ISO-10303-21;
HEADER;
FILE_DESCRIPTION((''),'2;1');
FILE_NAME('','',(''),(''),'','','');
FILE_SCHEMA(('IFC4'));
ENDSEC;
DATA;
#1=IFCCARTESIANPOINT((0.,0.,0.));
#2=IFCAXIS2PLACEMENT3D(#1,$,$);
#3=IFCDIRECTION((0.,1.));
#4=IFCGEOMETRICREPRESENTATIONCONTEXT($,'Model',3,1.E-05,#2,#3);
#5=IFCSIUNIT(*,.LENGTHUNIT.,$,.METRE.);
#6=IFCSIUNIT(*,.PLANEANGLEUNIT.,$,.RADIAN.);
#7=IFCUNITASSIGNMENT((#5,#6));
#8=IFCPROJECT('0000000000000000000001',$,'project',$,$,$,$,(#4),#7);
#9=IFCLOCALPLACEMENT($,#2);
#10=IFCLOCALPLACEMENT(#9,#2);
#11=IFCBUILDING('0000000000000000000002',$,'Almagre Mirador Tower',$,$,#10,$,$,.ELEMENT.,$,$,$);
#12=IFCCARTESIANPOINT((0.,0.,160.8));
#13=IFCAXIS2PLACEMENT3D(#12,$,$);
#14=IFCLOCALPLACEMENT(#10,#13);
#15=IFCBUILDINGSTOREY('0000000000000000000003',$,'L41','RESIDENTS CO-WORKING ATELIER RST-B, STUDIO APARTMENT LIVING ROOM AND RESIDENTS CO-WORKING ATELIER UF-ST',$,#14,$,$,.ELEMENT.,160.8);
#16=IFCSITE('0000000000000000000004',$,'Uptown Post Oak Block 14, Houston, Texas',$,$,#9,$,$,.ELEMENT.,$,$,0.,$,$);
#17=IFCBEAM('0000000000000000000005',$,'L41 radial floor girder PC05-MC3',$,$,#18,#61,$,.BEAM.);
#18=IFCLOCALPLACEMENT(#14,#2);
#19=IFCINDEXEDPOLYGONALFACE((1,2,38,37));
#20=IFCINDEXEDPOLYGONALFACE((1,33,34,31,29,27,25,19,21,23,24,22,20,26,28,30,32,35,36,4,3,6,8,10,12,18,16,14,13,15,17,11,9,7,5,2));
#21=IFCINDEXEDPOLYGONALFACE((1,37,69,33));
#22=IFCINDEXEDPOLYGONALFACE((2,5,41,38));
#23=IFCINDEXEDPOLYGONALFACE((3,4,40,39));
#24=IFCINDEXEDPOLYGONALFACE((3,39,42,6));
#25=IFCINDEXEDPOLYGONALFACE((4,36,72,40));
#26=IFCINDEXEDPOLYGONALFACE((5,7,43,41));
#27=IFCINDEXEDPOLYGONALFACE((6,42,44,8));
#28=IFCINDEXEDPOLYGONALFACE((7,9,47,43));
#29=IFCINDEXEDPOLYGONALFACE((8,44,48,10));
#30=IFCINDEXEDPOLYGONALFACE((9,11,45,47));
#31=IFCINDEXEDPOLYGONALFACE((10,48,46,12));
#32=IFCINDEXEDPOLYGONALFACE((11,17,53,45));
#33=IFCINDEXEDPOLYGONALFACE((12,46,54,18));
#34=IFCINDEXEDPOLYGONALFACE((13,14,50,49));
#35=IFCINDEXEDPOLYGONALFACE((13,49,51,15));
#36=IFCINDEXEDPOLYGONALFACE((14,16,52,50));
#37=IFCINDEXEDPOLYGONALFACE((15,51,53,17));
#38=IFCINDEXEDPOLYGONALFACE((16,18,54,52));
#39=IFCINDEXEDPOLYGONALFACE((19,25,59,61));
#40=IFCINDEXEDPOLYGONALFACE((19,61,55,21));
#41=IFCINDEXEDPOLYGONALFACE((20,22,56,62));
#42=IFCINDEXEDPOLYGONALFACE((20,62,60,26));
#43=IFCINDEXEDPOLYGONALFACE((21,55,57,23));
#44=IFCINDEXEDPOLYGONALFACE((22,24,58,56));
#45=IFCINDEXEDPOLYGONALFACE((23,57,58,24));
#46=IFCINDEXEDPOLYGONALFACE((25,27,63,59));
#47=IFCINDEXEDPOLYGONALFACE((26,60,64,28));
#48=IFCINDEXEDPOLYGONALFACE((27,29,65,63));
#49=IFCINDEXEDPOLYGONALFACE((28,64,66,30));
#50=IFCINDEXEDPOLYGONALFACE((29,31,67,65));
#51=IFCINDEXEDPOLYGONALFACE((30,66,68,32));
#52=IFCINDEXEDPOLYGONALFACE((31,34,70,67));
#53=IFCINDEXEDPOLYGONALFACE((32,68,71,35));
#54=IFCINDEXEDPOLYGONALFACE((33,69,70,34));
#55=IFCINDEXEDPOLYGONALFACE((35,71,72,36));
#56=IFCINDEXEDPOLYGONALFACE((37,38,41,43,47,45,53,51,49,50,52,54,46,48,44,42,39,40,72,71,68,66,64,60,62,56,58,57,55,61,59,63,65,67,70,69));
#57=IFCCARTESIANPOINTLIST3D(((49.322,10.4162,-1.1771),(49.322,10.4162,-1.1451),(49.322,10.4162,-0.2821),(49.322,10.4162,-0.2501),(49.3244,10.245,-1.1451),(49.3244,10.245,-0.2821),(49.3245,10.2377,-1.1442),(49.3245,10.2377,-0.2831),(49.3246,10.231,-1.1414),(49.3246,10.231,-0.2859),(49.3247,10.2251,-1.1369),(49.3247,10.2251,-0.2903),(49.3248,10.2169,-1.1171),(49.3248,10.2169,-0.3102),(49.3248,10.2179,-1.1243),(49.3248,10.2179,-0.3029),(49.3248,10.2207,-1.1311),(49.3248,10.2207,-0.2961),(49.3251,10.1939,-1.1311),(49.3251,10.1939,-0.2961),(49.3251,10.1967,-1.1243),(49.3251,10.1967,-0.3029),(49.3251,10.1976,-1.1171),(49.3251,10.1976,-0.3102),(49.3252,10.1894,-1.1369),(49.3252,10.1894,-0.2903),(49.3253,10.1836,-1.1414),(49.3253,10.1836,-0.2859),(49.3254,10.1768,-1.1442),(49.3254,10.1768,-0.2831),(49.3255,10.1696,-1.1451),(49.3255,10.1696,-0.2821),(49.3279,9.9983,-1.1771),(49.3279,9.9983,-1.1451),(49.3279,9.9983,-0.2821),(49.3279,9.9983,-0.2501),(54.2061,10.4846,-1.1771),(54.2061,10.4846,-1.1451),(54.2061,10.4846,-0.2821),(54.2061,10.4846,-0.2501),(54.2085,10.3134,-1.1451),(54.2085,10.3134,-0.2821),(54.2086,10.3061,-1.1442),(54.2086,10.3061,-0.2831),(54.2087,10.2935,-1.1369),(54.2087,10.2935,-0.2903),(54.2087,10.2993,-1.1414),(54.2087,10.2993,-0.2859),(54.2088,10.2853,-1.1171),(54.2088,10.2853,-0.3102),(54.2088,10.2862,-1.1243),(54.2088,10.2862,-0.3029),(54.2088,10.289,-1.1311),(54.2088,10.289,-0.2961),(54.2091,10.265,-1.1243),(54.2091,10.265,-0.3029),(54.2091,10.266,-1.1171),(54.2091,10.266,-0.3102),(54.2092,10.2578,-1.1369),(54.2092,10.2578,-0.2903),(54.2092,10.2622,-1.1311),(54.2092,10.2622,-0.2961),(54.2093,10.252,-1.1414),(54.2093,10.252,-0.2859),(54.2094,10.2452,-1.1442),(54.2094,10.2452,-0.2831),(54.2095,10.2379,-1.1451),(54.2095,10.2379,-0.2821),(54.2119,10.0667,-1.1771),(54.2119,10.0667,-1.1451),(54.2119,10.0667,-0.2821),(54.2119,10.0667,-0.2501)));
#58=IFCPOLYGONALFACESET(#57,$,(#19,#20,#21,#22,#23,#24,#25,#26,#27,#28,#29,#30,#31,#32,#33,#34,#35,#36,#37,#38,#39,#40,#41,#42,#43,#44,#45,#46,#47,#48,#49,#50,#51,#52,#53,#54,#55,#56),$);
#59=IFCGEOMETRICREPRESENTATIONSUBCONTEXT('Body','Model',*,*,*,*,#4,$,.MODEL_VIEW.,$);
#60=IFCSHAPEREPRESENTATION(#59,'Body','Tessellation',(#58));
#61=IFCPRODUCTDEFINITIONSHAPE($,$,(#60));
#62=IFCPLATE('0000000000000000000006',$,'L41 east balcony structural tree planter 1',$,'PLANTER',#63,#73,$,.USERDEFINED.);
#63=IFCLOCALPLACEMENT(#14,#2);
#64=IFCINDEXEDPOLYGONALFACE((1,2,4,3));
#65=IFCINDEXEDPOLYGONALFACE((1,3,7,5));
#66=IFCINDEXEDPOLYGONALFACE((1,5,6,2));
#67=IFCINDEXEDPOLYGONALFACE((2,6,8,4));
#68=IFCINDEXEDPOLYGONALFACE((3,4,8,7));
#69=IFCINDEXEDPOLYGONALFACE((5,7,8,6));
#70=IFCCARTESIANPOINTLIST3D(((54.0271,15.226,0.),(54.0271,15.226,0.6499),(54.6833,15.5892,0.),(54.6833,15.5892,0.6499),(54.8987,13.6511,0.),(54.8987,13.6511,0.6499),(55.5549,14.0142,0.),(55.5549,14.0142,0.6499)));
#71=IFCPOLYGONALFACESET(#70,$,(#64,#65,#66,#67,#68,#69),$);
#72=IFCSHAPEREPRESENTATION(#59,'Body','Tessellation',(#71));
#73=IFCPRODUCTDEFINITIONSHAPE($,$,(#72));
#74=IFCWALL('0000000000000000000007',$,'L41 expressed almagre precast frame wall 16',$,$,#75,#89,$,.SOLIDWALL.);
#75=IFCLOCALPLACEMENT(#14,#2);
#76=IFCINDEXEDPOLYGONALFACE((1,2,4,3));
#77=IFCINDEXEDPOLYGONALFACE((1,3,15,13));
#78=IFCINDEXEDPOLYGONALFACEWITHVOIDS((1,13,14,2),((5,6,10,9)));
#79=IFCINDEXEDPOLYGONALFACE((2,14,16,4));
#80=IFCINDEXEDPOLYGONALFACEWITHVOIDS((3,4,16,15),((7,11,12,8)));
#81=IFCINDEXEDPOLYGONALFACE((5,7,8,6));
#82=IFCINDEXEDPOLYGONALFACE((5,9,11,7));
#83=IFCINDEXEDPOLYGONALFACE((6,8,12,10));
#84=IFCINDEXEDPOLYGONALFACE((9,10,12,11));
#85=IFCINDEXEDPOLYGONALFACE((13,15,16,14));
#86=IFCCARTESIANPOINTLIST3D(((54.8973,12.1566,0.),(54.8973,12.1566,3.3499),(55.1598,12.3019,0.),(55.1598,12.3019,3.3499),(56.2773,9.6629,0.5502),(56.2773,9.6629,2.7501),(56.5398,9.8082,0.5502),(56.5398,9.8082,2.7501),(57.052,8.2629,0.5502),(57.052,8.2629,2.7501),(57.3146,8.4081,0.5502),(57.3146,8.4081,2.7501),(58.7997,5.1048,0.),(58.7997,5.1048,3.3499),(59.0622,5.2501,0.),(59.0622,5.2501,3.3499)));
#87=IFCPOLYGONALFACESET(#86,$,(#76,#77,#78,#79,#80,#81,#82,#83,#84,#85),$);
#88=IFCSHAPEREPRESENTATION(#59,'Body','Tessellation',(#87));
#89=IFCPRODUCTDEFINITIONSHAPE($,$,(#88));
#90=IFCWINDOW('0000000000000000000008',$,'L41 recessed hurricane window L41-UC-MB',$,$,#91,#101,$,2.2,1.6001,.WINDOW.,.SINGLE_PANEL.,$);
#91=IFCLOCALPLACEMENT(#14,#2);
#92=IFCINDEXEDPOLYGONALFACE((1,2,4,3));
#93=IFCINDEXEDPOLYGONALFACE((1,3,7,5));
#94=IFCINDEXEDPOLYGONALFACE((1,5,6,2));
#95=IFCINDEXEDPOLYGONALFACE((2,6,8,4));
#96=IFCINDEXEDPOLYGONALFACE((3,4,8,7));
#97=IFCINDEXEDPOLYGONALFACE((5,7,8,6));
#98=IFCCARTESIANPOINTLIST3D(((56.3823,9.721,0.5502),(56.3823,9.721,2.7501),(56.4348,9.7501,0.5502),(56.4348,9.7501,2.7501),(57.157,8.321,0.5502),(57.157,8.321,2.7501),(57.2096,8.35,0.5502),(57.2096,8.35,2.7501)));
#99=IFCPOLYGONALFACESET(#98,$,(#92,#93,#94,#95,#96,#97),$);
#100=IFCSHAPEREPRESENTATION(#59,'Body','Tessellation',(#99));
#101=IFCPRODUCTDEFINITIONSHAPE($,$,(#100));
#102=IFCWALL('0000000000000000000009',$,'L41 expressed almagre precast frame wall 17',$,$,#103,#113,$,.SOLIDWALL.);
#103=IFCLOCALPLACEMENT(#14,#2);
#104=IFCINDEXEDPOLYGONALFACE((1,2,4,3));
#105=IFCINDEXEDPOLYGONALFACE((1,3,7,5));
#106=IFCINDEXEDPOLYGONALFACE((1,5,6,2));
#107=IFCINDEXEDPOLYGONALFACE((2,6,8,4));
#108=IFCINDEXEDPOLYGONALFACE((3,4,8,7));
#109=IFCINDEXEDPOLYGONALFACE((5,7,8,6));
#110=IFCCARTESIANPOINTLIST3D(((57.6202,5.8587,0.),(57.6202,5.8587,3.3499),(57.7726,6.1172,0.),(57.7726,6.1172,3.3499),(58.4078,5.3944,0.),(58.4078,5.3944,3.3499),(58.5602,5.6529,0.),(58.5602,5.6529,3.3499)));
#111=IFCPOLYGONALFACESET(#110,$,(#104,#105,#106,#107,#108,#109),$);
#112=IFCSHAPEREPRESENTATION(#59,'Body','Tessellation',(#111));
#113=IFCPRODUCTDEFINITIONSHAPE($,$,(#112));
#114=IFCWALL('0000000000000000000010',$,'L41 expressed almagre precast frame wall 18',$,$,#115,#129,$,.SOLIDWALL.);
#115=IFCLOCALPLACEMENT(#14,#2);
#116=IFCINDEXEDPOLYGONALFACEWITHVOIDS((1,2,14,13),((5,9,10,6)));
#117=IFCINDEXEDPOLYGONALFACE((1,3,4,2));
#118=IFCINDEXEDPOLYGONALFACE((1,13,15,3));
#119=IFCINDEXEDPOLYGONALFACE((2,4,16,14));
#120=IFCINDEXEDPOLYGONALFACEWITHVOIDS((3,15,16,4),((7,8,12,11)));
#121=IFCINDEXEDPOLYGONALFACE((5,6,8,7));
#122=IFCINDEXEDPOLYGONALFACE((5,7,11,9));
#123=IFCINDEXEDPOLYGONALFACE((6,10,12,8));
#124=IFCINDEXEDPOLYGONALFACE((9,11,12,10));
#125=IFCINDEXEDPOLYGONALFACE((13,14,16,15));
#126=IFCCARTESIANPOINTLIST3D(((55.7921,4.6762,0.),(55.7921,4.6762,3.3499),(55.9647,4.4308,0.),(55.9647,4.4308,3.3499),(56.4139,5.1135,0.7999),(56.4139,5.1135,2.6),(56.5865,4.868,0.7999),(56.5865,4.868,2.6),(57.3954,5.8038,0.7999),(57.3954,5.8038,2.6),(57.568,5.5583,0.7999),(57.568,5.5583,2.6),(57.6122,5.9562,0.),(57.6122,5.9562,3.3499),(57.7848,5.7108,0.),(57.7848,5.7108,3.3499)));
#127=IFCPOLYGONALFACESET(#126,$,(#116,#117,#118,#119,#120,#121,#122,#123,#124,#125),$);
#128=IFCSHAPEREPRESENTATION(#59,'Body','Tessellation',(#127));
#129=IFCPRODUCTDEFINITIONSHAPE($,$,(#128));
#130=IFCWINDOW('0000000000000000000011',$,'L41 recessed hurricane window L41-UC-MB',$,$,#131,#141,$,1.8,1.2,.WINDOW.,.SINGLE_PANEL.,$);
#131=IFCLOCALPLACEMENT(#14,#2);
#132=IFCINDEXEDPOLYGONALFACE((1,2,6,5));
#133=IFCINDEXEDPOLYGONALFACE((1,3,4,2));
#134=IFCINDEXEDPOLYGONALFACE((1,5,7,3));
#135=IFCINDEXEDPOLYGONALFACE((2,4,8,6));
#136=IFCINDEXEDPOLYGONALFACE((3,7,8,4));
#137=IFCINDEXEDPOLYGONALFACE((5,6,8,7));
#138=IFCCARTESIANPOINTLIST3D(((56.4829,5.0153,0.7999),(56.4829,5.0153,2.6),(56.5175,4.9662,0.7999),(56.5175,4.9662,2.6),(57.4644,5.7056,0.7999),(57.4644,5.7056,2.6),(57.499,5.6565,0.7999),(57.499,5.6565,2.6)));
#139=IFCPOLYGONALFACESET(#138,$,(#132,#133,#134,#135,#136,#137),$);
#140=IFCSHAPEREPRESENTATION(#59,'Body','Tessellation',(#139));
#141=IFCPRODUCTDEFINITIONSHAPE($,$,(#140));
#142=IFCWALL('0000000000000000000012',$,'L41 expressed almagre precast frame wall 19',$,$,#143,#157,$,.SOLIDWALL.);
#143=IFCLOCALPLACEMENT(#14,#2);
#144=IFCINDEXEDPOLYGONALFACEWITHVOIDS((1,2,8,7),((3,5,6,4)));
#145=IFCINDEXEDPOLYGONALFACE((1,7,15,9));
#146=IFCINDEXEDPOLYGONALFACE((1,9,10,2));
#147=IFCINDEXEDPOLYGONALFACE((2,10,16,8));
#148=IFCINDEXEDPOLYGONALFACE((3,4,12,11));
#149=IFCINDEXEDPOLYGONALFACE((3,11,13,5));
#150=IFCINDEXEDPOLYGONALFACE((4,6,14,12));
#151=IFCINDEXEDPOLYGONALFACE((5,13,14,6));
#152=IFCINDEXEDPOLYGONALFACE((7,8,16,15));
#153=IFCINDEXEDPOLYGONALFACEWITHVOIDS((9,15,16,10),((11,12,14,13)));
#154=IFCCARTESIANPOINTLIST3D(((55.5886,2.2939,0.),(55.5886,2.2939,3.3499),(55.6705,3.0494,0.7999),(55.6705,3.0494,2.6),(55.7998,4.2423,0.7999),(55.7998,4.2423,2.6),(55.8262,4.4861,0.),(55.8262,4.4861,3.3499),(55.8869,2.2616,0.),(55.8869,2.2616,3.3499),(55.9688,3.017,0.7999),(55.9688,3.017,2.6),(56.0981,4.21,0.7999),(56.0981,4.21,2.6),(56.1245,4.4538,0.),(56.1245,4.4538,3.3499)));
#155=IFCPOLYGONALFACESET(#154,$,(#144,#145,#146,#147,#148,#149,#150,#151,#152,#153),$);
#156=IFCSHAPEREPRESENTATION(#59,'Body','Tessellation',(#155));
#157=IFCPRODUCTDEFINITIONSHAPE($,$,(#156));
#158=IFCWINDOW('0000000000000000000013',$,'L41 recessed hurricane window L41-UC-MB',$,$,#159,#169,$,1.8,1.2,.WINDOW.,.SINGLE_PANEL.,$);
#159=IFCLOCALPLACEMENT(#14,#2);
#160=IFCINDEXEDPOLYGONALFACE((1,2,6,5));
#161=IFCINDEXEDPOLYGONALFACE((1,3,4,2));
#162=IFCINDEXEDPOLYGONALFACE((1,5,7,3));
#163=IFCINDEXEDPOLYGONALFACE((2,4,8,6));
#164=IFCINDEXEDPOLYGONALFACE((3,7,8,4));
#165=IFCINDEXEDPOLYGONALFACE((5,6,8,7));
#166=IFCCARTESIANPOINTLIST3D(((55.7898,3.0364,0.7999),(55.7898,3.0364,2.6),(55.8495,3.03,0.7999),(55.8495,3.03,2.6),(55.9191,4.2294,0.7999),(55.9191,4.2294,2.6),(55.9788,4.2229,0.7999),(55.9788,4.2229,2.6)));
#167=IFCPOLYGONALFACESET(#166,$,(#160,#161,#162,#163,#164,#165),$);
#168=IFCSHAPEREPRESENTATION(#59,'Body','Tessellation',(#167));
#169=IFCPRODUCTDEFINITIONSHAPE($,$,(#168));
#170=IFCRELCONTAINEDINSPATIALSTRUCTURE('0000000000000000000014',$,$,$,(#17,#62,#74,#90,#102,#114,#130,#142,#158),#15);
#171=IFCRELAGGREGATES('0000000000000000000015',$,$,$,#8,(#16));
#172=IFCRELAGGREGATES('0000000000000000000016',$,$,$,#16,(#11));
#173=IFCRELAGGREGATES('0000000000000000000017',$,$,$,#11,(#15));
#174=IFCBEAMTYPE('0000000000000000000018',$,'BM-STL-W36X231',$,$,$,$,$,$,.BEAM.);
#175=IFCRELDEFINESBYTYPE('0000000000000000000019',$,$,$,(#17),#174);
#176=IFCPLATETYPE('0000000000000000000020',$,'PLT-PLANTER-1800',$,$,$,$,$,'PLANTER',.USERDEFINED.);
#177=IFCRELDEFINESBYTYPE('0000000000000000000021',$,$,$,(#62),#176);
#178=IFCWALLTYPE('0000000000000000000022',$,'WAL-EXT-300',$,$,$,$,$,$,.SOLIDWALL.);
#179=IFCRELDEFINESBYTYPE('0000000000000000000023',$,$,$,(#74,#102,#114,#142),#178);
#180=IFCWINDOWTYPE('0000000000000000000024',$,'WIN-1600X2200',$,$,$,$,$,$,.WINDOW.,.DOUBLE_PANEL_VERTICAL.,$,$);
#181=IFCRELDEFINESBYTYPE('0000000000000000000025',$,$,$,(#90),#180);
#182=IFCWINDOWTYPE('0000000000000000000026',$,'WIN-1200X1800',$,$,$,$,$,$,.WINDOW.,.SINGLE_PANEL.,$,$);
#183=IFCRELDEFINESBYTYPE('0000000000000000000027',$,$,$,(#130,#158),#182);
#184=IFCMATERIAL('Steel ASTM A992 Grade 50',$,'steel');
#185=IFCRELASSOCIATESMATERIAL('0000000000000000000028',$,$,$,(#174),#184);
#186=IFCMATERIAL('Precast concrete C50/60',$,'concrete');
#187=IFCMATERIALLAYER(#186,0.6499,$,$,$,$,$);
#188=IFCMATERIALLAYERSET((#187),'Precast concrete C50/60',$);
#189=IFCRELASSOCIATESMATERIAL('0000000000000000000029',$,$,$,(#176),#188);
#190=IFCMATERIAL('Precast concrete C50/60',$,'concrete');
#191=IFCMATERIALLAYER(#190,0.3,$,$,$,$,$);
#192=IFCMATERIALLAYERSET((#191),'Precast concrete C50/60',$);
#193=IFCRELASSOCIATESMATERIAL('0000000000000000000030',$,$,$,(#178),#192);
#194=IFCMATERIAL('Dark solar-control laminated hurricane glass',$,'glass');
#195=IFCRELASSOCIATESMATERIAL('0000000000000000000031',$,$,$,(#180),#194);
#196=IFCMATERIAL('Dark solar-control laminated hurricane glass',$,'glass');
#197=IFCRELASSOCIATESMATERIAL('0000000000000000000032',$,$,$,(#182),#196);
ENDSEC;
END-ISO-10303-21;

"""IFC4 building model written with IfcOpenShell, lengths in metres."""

from ifc_helpers import new_model, si_unit, direction, frame, frame_2d, origin, origin_2d, place, context, subcontext, project, spatial, rectangle, i_section, extrude, material, layer, layer_set, material_profile, profile_set, type_object, element, fill, save


model = new_model("IFC4")

# Units and contexts
model_context = context("Model", 3, precision=1e-05, world=origin(), true_north=direction((0.0, 1.0)))
body_context = subcontext(model_context, "Body", "Model", "MODEL_VIEW")
ifc_project = project(units=[si_unit("LENGTHUNIT", "METRE"), si_unit("PLANEANGLEUNIT", "RADIAN")], contexts=[model_context])

# Site, building, storey
site_placement = place(None, origin())
site = spatial("IfcSite", under=ifc_project, at=site_placement, Name="Uptown Post Oak Block 14, Houston, Texas", CompositionType="ELEMENT", RefElevation=0.0)
building_placement = place(site_placement, origin())
building = spatial("IfcBuilding", under=site, at=building_placement, Name="Almagre Mirador Tower", CompositionType="ELEMENT")
storey_placement = place(building_placement, frame((0.0, 0.0, 160.8)))
storey = spatial("IfcBuildingStorey", under=building, at=storey_placement, Name="L41", Description="RESIDENTS CO-WORKING ATELIER RST-B, STUDIO APARTMENT LIVING ROOM AND RESIDENTS CO-WORKING ATELIER UF-ST", CompositionType="ELEMENT", Elevation=160.8)

# Beam
ifc_material_1 = material(Name="Steel ASTM A992 Grade 50", Category="steel")
ifc_material_profile_1 = material_profile(ifc_material_1, i_section(OverallWidth=0.418, OverallDepth=0.927, WebThickness=0.0193, FlangeThickness=0.032, FilletRadius=0.0281, at=origin_2d()), Name="W36X231")
ifc_profile_set_1 = profile_set([ifc_material_profile_1], Name="Steel ASTM A992 Grade 50")
beam_type_1 = type_object("IfcBeamType", Name="BM-STL-W36X231", PredefinedType="BEAM", material=ifc_profile_set_1)
beam_1_placement = place(storey_placement, frame((54.209, 10.2756, -0.7136), z_axis=(-0.999902, -0.013995, 0.0), x_axis=(0.013995, -0.999902, 0.0)))
element("IfcBeam", 1, at=beam_1_placement, inside=storey, type_object=beam_type_1, Name="L41 radial floor girder PC05-MC3", PredefinedType="BEAM", context=body_context, shape_type="SweptSolid", body=[
    extrude(i_section(OverallWidth=0.418, OverallDepth=0.927, WebThickness=0.0193, FlangeThickness=0.032, FilletRadius=0.0281, at=origin_2d()), origin(), (0.0, 0.0, 1.0), 4.8845),
])

# Plate
ifc_material_2 = material(Name="Precast concrete C50/60", Category="concrete")
ifc_layer_1 = layer(ifc_material_2, 0.6499)
ifc_layer_set_1 = layer_set([ifc_layer_1], Name="Precast concrete C50/60")
plate_type = type_object("IfcPlateType", Name="PLT-PLANTER-1800", ElementType="PLANTER", PredefinedType="USERDEFINED", material=ifc_layer_set_1)
plate_placement = place(storey_placement, frame((54.791, 14.6201, 0.0), z_axis=(0.0, 0.0, 1.0), x_axis=(-0.484199, 0.874958, 0.0)))
element("IfcPlate", 2, at=plate_placement, inside=storey, type_object=plate_type, Name="L41 east balcony structural tree planter 1", ObjectType="PLANTER", PredefinedType="USERDEFINED", context=body_context, shape_type="SweptSolid", body=[
    extrude(rectangle(XDim=1.8, YDim=0.75, at=origin_2d()), origin(), (0.0, 0.0, 1.0), 0.6499),
])

# Wall, opening, window
ifc_material_3 = material(Name="Precast concrete C50/60", Category="concrete")
ifc_layer_2 = layer(ifc_material_3, 0.3)
ifc_layer_set_2 = layer_set([ifc_layer_2], Name="Precast concrete C50/60")
wall_type = type_object("IfcWallType", Name="WAL-EXT-300", PredefinedType="SOLIDWALL", material=ifc_layer_set_2)
wall_1_placement = place(storey_placement, frame((55.0286, 12.2292, 0.0), z_axis=(0.0, 0.0, 1.0), x_axis=(0.484192, -0.874962, 0.0)))
wall_1 = element("IfcWall", 3, at=wall_1_placement, inside=storey, type_object=wall_type, Name="L41 expressed almagre precast frame wall 16", PredefinedType="SOLIDWALL", context=body_context, shape_type="SweptSolid", body=[
    extrude(rectangle(XDim=8.0596, YDim=0.3, at=frame_2d((4.0298, 0.0))), origin(), (0.0, 0.0, 1.0), 3.3499),
])
opening_1_placement = place(wall_1_placement, frame((2.8501, 0.0, 0.55)))
opening_1 = element("IfcOpeningElement", 4, at=opening_1_placement, cuts=wall_1, PredefinedType="OPENING", context=body_context, shape_type="SweptSolid", body=[
    extrude(rectangle(XDim=1.6001, YDim=2.2, at=frame_2d((0.8, 1.1001))), frame((0.0, 0.1599, 0.0), z_axis=(0.0, -1.0, 0.0), x_axis=(1.0, 0.0, 0.0)), (0.0, 0.0, 1.0), 0.32),
])
ifc_material_4 = material(Name="Dark solar-control laminated hurricane glass", Category="glass")
window_type_1 = type_object("IfcWindowType", Name="WIN-1600X2200", PartitioningType="DOUBLE_PANEL_VERTICAL", PredefinedType="WINDOW", material=ifc_material_4)
window_1_placement = place(opening_1_placement, origin())
window_1 = element("IfcWindow", 5, at=window_1_placement, inside=storey, type_object=window_type_1, Name="L41 recessed hurricane window L41-UC-MB", OverallHeight=2.2, OverallWidth=1.6001, PartitioningType="SINGLE_PANEL", PredefinedType="WINDOW", context=body_context, shape_type="SweptSolid", body=[
    extrude(rectangle(XDim=1.6001, YDim=2.2, at=frame_2d((0.8, 1.1001))), frame((0.0, 0.03, 0.0), z_axis=(0.0, -1.0, 0.0), x_axis=(1.0, 0.0, 0.0)), (0.0, 0.0, 1.0), 0.0601),
])
fill(opening_1, window_1)

# Wall
wall_2_placement = place(storey_placement, frame((58.4839, 5.5237, 0.0), z_axis=(0.0, 0.0, 1.0), x_axis=(-0.861426, 0.507883, 0.0)))
element("IfcWall", 6, at=wall_2_placement, inside=storey, type_object=wall_type, Name="L41 expressed almagre precast frame wall 17", PredefinedType="SOLIDWALL", context=body_context, shape_type="SweptSolid", body=[
    extrude(rectangle(XDim=0.9143, YDim=0.3, at=frame_2d((0.457, 0.0))), origin(), (0.0, 0.0, 1.0), 3.3499),
])

# Walls, openings, windows
wall_3_placement = place(storey_placement, frame((57.6985, 5.8335, 0.0), z_axis=(0.0, 0.0, 1.0), x_axis=(-0.817967, -0.575265, 0.0)))
wall_3 = element("IfcWall", 7, at=wall_3_placement, inside=storey, type_object=wall_type, Name="L41 expressed almagre precast frame wall 18", PredefinedType="SOLIDWALL", context=body_context, shape_type="SweptSolid", body=[
    extrude(rectangle(XDim=2.2251, YDim=0.3, at=frame_2d((1.1125, 0.0))), origin(), (0.0, 0.0, 1.0), 3.3499),
])
opening_2_placement = place(wall_3_placement, frame((0.2649, 0.0, 0.8)))
opening_2 = element("IfcOpeningElement", 8, at=opening_2_placement, cuts=wall_3, PredefinedType="OPENING", context=body_context, shape_type="SweptSolid", body=[
    extrude(rectangle(XDim=1.2, YDim=1.8, at=frame_2d((0.6001, 0.8999))), frame((0.0, 0.1599, 0.0), z_axis=(0.0, -1.0, 0.0), x_axis=(1.0, 0.0, 0.0)), (0.0, 0.0, 1.0), 0.32),
])
ifc_material_5 = material(Name="Dark solar-control laminated hurricane glass", Category="glass")
window_type_2 = type_object("IfcWindowType", Name="WIN-1200X1800", PartitioningType="SINGLE_PANEL", PredefinedType="WINDOW", material=ifc_material_5)
window_2_placement = place(opening_2_placement, origin())
window_2 = element("IfcWindow", 9, at=window_2_placement, inside=storey, type_object=window_type_2, Name="L41 recessed hurricane window L41-UC-MB", OverallHeight=1.8, OverallWidth=1.2, PartitioningType="SINGLE_PANEL", PredefinedType="WINDOW", context=body_context, shape_type="SweptSolid", body=[
    extrude(rectangle(XDim=1.2, YDim=1.8, at=frame_2d((0.6001, 0.8999))), frame((0.0, 0.03, 0.0), z_axis=(0.0, -1.0, 0.0), x_axis=(1.0, 0.0, 0.0)), (0.0, 0.0, 1.0), 0.0601),
])
fill(opening_2, window_2)
wall_4_placement = place(storey_placement, frame((55.9753, 4.47, 0.0), z_axis=(0.0, 0.0, 1.0), x_axis=(-0.107733, -0.99418, 0.0)))
wall_4 = element("IfcWall", 10, at=wall_4_placement, inside=storey, type_object=wall_type, Name="L41 expressed almagre precast frame wall 19", PredefinedType="SOLIDWALL", context=body_context, shape_type="SweptSolid", body=[
    extrude(rectangle(XDim=2.2051, YDim=0.3, at=frame_2d((1.1025, 0.0))), origin(), (0.0, 0.0, 1.0), 3.3499),
])
opening_3_placement = place(wall_4_placement, frame((0.2451, 0.0, 0.8)))
opening_3 = element("IfcOpeningElement", 11, at=opening_3_placement, cuts=wall_4, PredefinedType="OPENING", context=body_context, shape_type="SweptSolid", body=[
    extrude(rectangle(XDim=1.2, YDim=1.8, at=frame_2d((0.6001, 0.8999))), frame((0.0, 0.1599, 0.0), z_axis=(0.0, -1.0, 0.0), x_axis=(1.0, 0.0, 0.0)), (0.0, 0.0, 1.0), 0.32),
])
window_3_placement = place(opening_3_placement, origin())
window_3 = element("IfcWindow", 12, at=window_3_placement, inside=storey, type_object=window_type_2, Name="L41 recessed hurricane window L41-UC-MB", OverallHeight=1.8, OverallWidth=1.2, PartitioningType="SINGLE_PANEL", PredefinedType="WINDOW", context=body_context, shape_type="SweptSolid", body=[
    extrude(rectangle(XDim=1.2, YDim=1.8, at=frame_2d((0.6001, 0.8999))), frame((0.0, 0.03, 0.0), z_axis=(0.0, -1.0, 0.0), x_axis=(1.0, 0.0, 0.0)), (0.0, 0.0, 1.0), 0.0601),
])
fill(opening_3, window_3)

save(model, "model.ifc")
